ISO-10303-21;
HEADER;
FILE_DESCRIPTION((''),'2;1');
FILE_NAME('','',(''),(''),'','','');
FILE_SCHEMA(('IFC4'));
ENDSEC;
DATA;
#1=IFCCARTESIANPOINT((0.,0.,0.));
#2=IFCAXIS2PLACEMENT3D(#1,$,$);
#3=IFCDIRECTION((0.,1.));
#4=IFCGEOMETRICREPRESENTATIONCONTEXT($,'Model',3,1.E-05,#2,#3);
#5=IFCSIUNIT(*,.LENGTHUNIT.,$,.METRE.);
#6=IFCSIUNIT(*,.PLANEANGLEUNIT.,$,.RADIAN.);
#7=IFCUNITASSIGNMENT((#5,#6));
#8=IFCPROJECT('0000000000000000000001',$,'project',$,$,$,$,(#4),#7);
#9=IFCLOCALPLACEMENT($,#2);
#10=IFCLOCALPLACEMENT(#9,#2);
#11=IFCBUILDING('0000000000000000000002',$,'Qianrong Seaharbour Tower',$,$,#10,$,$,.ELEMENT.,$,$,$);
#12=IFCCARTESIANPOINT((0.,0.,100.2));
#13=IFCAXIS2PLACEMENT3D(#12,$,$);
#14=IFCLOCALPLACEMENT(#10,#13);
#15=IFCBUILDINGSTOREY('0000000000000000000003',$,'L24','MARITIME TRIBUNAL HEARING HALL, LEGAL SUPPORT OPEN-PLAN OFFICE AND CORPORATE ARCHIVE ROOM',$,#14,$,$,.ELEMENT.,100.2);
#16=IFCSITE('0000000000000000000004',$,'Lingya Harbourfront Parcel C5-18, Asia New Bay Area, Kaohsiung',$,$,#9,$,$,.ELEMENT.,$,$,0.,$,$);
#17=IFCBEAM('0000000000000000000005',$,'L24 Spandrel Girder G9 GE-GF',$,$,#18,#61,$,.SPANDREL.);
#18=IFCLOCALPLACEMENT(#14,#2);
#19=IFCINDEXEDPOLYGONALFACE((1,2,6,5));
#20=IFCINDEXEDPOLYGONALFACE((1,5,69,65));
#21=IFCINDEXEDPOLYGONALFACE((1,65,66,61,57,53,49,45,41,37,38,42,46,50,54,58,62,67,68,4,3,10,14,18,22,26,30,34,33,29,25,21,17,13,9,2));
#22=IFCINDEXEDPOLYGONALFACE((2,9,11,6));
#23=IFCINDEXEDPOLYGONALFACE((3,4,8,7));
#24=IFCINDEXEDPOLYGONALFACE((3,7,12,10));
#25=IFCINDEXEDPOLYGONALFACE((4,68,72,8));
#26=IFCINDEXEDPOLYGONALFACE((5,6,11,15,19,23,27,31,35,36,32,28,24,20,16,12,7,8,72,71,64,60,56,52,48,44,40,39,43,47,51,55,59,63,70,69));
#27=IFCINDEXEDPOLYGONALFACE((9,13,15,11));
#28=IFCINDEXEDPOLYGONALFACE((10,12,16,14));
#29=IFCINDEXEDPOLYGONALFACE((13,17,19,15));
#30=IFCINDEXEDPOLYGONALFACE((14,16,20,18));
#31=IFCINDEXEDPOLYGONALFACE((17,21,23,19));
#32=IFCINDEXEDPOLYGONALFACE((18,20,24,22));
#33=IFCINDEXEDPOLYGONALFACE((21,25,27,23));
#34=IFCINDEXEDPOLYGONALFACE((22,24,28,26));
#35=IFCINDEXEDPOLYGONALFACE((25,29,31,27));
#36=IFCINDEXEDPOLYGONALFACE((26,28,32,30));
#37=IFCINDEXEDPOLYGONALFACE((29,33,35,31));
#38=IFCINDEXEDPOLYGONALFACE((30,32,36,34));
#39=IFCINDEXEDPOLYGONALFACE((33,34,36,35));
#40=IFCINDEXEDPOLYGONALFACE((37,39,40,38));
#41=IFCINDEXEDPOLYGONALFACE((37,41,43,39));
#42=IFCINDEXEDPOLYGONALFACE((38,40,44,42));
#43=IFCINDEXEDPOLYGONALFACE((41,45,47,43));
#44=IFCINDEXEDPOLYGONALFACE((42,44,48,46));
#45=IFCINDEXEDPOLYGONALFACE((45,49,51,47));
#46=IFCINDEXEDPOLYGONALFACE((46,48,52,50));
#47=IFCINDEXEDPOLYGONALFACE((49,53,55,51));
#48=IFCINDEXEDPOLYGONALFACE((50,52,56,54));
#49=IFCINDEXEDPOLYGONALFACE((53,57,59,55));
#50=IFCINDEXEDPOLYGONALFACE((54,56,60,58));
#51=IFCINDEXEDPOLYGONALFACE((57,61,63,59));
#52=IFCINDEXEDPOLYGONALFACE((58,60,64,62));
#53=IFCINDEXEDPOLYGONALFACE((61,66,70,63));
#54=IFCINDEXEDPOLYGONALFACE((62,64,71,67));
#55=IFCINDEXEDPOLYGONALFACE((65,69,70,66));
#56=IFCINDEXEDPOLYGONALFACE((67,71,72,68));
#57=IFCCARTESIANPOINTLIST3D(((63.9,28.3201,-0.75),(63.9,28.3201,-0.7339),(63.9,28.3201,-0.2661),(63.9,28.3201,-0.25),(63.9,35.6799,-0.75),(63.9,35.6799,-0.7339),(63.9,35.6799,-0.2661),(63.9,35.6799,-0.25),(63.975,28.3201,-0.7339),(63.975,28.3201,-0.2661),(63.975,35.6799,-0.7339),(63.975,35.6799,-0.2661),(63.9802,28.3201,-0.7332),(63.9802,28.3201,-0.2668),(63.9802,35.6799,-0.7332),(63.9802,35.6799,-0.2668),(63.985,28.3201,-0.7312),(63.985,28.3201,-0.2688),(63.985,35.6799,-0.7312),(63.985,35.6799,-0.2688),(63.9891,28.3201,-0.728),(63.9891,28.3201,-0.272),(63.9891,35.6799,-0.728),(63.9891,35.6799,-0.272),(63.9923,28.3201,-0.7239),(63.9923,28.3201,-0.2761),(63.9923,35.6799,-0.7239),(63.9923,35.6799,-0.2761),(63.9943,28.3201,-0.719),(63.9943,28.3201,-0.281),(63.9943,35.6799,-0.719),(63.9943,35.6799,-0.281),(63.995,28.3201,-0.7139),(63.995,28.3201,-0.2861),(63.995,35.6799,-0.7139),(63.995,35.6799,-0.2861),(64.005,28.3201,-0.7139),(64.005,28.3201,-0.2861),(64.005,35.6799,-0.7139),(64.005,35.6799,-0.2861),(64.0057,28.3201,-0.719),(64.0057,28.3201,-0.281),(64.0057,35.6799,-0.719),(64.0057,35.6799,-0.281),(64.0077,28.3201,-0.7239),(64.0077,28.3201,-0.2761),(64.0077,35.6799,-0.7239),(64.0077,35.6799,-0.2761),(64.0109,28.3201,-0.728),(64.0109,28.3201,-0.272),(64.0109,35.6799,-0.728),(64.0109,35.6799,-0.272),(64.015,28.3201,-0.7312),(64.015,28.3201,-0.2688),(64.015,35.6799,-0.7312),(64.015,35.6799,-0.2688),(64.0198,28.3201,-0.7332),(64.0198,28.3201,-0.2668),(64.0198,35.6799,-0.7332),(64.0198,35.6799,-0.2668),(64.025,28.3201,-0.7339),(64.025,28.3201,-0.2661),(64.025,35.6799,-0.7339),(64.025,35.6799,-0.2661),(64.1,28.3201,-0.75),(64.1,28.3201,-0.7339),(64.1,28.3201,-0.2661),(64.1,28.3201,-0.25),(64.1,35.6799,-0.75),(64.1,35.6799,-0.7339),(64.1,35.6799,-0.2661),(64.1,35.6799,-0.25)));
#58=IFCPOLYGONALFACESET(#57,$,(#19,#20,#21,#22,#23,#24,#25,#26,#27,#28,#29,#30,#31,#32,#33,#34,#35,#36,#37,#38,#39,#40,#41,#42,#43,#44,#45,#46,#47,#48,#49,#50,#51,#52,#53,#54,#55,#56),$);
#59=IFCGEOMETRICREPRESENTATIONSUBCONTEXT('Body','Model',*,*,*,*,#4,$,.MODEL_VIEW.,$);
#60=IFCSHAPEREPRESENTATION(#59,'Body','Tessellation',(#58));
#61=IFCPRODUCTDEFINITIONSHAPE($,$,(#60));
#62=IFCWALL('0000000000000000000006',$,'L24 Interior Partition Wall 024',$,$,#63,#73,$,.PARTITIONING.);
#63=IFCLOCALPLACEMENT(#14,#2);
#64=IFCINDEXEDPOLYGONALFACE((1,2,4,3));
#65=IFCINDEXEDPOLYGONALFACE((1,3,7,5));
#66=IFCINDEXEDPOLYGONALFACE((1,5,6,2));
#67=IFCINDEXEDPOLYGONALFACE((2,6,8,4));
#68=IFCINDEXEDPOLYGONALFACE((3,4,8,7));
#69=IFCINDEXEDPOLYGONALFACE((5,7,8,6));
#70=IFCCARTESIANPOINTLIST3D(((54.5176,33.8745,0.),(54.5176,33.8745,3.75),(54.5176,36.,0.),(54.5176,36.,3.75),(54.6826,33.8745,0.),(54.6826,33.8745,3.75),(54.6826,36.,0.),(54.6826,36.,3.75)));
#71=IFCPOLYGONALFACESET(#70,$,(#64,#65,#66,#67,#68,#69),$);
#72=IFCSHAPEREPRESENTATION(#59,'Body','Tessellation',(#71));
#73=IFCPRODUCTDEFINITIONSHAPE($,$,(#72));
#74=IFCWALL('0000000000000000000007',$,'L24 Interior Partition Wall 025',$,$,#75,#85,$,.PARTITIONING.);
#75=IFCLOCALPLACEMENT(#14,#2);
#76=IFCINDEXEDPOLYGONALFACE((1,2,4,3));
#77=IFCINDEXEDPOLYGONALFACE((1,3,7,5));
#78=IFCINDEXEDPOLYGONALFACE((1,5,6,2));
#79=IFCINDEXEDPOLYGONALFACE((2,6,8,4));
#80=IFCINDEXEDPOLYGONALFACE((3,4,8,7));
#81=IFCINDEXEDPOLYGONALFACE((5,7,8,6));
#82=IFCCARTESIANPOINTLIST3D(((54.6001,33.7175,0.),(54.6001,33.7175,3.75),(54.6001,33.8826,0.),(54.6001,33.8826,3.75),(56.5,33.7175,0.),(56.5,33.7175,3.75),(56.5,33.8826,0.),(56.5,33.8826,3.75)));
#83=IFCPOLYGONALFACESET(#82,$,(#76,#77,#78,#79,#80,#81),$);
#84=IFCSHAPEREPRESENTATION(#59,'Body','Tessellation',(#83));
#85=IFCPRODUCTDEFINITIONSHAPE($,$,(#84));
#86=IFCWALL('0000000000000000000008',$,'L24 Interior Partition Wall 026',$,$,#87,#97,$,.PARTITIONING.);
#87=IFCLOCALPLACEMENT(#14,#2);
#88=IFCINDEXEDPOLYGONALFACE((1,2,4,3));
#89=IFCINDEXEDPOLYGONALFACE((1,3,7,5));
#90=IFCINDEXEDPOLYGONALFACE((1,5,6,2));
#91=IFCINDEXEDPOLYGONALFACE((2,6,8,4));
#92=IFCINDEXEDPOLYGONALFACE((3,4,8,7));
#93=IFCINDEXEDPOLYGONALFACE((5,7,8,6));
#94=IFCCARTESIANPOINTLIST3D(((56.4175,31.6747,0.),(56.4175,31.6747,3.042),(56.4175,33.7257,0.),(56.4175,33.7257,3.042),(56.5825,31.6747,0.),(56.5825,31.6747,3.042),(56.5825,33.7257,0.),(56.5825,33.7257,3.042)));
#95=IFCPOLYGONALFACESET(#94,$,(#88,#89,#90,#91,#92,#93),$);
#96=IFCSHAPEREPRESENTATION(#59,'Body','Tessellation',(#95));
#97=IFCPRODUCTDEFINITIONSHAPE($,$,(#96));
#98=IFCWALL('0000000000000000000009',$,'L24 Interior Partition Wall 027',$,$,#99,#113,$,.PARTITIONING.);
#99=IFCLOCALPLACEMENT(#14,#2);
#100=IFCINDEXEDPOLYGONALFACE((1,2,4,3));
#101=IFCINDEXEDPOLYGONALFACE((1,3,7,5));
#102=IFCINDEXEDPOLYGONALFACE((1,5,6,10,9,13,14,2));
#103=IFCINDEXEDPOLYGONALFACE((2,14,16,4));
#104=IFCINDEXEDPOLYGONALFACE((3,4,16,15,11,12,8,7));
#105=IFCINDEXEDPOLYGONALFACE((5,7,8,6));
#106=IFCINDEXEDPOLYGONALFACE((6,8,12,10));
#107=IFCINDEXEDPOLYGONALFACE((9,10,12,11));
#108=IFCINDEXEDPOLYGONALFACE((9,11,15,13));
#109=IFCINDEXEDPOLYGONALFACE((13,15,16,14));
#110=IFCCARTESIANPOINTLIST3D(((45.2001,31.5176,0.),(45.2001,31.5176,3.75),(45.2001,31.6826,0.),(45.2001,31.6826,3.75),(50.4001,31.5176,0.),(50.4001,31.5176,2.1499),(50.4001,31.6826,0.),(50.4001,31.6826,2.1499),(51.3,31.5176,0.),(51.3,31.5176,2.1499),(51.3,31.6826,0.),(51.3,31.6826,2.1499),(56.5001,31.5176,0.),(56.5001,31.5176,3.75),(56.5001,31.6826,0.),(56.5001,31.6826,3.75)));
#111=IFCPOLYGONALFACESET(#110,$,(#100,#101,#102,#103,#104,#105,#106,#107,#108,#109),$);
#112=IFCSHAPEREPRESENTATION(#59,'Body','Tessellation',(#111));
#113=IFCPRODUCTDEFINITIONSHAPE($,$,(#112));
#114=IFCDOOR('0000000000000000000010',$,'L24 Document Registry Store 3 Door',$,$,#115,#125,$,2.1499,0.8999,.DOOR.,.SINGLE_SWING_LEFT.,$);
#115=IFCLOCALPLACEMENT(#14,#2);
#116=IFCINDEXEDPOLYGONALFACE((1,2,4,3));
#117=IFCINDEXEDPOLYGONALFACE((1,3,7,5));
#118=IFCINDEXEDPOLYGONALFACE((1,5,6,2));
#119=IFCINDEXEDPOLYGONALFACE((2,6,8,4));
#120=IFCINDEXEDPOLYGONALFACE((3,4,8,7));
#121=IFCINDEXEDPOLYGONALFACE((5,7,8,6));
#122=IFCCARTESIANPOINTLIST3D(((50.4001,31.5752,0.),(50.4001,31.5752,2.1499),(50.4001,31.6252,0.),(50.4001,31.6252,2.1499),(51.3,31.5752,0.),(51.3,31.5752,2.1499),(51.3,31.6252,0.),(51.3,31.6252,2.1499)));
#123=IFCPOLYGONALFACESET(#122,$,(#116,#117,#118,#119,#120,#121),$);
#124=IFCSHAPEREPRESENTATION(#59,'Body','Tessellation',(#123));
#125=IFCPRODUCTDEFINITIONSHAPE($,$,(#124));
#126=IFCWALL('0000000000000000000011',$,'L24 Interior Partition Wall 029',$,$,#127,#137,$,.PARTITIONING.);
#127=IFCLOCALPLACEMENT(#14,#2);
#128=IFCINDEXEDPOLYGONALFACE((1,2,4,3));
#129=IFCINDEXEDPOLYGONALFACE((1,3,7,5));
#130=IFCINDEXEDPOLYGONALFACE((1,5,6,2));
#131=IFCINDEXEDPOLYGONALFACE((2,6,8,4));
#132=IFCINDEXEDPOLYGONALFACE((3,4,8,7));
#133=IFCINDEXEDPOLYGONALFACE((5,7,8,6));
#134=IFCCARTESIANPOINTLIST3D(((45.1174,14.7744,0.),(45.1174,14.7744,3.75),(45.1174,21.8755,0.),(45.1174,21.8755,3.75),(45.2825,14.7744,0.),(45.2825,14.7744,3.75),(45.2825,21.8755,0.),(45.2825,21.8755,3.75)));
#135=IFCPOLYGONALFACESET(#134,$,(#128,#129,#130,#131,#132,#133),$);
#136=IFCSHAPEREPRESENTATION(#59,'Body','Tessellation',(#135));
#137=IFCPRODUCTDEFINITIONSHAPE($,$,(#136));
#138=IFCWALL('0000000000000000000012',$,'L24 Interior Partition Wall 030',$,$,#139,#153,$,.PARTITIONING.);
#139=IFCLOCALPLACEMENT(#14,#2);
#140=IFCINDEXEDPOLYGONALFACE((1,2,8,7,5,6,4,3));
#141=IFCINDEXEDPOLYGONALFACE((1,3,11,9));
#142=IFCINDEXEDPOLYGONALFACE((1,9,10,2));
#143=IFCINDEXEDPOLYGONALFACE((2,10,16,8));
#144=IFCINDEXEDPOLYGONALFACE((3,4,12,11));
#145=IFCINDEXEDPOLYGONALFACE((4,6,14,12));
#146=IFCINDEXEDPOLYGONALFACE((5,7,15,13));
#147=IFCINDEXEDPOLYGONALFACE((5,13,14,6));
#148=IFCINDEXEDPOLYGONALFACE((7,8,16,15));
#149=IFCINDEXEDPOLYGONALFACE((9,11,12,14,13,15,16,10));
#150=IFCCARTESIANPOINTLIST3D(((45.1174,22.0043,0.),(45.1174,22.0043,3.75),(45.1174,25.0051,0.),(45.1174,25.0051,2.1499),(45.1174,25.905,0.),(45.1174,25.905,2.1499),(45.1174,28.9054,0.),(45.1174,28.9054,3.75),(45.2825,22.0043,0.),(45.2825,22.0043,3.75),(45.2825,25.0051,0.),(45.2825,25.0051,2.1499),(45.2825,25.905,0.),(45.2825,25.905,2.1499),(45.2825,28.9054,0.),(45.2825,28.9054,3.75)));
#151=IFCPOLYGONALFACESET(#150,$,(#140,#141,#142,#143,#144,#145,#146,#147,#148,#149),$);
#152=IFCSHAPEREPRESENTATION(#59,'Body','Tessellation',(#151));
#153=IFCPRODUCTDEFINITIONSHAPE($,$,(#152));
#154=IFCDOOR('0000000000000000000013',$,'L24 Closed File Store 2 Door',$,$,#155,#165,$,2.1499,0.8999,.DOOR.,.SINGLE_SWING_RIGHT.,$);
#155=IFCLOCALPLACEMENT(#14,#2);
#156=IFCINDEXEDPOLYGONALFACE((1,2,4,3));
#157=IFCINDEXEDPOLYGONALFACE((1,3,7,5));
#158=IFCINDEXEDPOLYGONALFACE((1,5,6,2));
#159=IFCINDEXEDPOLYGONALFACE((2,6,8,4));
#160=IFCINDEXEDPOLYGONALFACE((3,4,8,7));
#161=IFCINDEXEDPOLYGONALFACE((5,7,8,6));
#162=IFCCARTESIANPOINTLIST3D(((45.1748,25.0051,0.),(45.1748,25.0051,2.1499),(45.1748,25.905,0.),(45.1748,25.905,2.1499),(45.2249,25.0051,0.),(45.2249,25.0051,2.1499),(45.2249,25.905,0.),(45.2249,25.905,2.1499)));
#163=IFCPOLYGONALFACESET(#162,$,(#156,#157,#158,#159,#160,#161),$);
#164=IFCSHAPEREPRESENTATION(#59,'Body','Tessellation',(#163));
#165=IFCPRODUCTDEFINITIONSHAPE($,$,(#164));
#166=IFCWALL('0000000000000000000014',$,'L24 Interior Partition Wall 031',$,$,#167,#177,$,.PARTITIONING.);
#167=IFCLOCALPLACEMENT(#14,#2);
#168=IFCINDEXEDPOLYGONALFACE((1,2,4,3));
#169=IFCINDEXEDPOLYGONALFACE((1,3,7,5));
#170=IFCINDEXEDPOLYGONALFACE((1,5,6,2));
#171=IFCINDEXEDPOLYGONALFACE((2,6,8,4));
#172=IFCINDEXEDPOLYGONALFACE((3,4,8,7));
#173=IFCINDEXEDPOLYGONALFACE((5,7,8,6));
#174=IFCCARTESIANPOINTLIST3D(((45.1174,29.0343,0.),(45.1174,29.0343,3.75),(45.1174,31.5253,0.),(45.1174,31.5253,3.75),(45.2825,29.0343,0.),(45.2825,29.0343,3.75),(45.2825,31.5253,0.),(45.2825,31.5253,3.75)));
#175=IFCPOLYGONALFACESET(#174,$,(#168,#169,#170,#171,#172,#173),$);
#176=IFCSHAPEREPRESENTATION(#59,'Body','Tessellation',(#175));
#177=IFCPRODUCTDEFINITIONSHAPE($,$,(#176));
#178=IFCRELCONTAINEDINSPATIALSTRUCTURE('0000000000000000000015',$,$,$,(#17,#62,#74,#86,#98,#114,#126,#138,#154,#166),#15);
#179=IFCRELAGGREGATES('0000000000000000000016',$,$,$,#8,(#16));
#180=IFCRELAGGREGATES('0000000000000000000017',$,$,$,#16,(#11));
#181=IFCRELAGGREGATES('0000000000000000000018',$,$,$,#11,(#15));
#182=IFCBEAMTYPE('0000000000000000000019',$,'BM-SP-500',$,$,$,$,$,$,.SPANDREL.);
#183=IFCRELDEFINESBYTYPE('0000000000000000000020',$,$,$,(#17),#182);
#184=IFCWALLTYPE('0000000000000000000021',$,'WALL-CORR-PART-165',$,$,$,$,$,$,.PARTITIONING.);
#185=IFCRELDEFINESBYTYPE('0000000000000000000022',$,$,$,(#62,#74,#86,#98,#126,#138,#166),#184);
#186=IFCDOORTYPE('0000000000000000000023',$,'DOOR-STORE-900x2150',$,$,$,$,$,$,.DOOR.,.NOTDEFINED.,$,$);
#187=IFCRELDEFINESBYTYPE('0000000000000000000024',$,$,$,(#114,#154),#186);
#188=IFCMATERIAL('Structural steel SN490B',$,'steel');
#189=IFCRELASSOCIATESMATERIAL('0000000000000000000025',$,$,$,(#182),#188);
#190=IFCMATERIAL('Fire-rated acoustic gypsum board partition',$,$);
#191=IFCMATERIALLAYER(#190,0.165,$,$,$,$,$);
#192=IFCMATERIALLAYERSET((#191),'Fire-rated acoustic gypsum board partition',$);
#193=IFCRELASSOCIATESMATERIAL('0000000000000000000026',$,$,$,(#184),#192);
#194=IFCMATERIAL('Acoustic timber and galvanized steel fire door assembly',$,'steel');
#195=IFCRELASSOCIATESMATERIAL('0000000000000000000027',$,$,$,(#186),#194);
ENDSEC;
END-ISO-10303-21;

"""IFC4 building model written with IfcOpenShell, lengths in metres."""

from ifc_helpers import new_model, si_unit, direction, frame, frame_2d, origin, origin_2d, place, context, subcontext, project, spatial, rectangle, i_section, extrude, material, layer, layer_set, material_profile, profile_set, type_object, element, fill, save


model = new_model("IFC4")

# Units and contexts
model_context = context("Model", 3, precision=1e-05, world=origin(), true_north=direction((0.0, 1.0)))
body_context = subcontext(model_context, "Body", "Model", "MODEL_VIEW")
ifc_project = project(units=[si_unit("LENGTHUNIT", "METRE"), si_unit("PLANEANGLEUNIT", "RADIAN")], contexts=[model_context])

# Site, building, storey
site_placement = place(None, origin())
site = spatial("IfcSite", under=ifc_project, at=site_placement, Name="Lingya Harbourfront Parcel C5-18, Asia New Bay Area, Kaohsiung", CompositionType="ELEMENT", RefElevation=0.0)
building_placement = place(site_placement, origin())
building = spatial("IfcBuilding", under=site, at=building_placement, Name="Qianrong Seaharbour Tower", CompositionType="ELEMENT")
storey_placement = place(building_placement, frame((0.0, 0.0, 100.2)))
storey = spatial("IfcBuildingStorey", under=building, at=storey_placement, Name="L24", Description="MARITIME TRIBUNAL HEARING HALL, LEGAL SUPPORT OPEN-PLAN OFFICE AND CORPORATE ARCHIVE ROOM", CompositionType="ELEMENT", Elevation=100.2)

# Shared definitions
ifc_material_1 = material(Name="Structural steel SN490B", Category="steel")

# Beam
ifc_material_profile_1 = material_profile(ifc_material_1, i_section(OverallWidth=0.2, OverallDepth=0.5, WebThickness=0.01, FlangeThickness=0.0161, FilletRadius=0.02, at=origin_2d()), Name="H500x200x10x16")
ifc_profile_set_1 = profile_set([ifc_material_profile_1], Name="Structural steel SN490B")
beam_type_1 = type_object("IfcBeamType", Name="BM-SP-500", PredefinedType="SPANDREL", material=ifc_profile_set_1)
beam_1_placement = place(storey_placement, frame((64.0, 28.3201, -0.5), z_axis=(0.0, 1.0, 0.0), x_axis=(-1.0, 0.0, 0.0)))
element("IfcBeam", 1, at=beam_1_placement, inside=storey, type_object=beam_type_1, Name="L24 Spandrel Girder G9 GE-GF", PredefinedType="SPANDREL", context=body_context, shape_type="SweptSolid", body=[
    extrude(i_section(OverallWidth=0.2, OverallDepth=0.5, WebThickness=0.01, FlangeThickness=0.0161, FilletRadius=0.02, at=origin_2d()), origin(), (0.0, 0.0, 1.0), 7.3599),
])

# Walls
ifc_material_2 = material(Name="Fire-rated acoustic gypsum board partition")
ifc_layer_1 = layer(ifc_material_2, 0.165)
ifc_layer_set_1 = layer_set([ifc_layer_1], Name="Fire-rated acoustic gypsum board partition")
wall_type_1 = type_object("IfcWallType", Name="WALL-CORR-PART-165", PredefinedType="PARTITIONING", material=ifc_layer_set_1)
wall_1_placement = place(storey_placement, frame((54.6001, 36.0, 0.0), z_axis=(0.0, 0.0, 1.0), x_axis=(0.0, -1.0, 0.0)))
element("IfcWall", 2, at=wall_1_placement, inside=storey, type_object=wall_type_1, Name="L24 Interior Partition Wall 024", PredefinedType="PARTITIONING", context=body_context, shape_type="SweptSolid", body=[
    extrude(rectangle(XDim=2.1255, YDim=0.165, at=frame_2d((1.0627, 0.0))), origin(), (0.0, 0.0, 1.0), 3.75),
])
wall_2_placement = place(storey_placement, frame((54.6001, 33.8, 0.0), z_axis=(0.0, 0.0, 1.0), x_axis=(1.0, 0.0, 0.0)))
element("IfcWall", 3, at=wall_2_placement, inside=storey, type_object=wall_type_1, Name="L24 Interior Partition Wall 025", PredefinedType="PARTITIONING", context=body_context, shape_type="SweptSolid", body=[
    extrude(rectangle(XDim=1.8999, YDim=0.165, at=frame_2d((0.95, 0.0))), origin(), (0.0, 0.0, 1.0), 3.75),
])
wall_3_placement = place(storey_placement, frame((56.5, 33.7256, 0.0), z_axis=(0.0, 0.0, 1.0), x_axis=(0.0, -1.0, 0.0)))
element("IfcWall", 4, at=wall_3_placement, inside=storey, type_object=wall_type_1, Name="L24 Interior Partition Wall 026", PredefinedType="PARTITIONING", context=body_context, shape_type="SweptSolid", body=[
    extrude(rectangle(XDim=2.051, YDim=0.165, at=frame_2d((1.0254, 0.0))), origin(), (0.0, 0.0, 1.0), 3.042),
])

# Wall, opening, door
wall_4_placement = place(storey_placement, frame((56.5, 31.6001, 0.0), z_axis=(0.0, 0.0, 1.0), x_axis=(-1.0, 0.0, 0.0)))
wall_4 = element("IfcWall", 5, at=wall_4_placement, inside=storey, type_object=wall_type_1, Name="L24 Interior Partition Wall 027", PredefinedType="PARTITIONING", context=body_context, shape_type="SweptSolid", body=[
    extrude(rectangle(XDim=11.3, YDim=0.165, at=frame_2d((5.6499, 0.0))), origin(), (0.0, 0.0, 1.0), 3.75),
])
opening_1_placement = place(wall_4_placement, frame((5.2, 0.0, 0.0)))
opening_1 = element("IfcOpeningElement", 6, at=opening_1_placement, cuts=wall_4, PredefinedType="OPENING", context=body_context, shape_type="SweptSolid", body=[
    extrude(rectangle(XDim=0.8999, YDim=2.1499, at=frame_2d((0.45, 1.075))), frame((0.0, 0.0925, 0.0), z_axis=(0.0, -1.0, 0.0), x_axis=(1.0, 0.0, 0.0)), (0.0, 0.0, 1.0), 0.1851),
])
ifc_material_3 = material(Name="Acoustic timber and galvanized steel fire door assembly", Category="steel")
door_type = type_object("IfcDoorType", Name="DOOR-STORE-900x2150", OperationType="NOTDEFINED", PredefinedType="DOOR", material=ifc_material_3)
door_1_placement = place(opening_1_placement, origin())
door_1 = element("IfcDoor", 7, at=door_1_placement, inside=storey, type_object=door_type, Name="L24 Document Registry Store 3 Door", OperationType="SINGLE_SWING_LEFT", OverallHeight=2.1499, OverallWidth=0.8999, PredefinedType="DOOR", context=body_context, shape_type="SweptSolid", body=[
    extrude(rectangle(XDim=0.8999, YDim=2.1499, at=frame_2d((0.45, 1.075))), frame((0.0, 0.0249, 0.0), z_axis=(0.0, -1.0, 0.0), x_axis=(1.0, 0.0, 0.0)), (0.0, 0.0, 1.0), 0.05),
])
fill(opening_1, door_1)

# Wall
wall_5_placement = place(storey_placement, frame((45.2, 21.8755, 0.0), z_axis=(0.0, 0.0, 1.0), x_axis=(0.0, -1.0, 0.0)))
element("IfcWall", 8, at=wall_5_placement, inside=storey, type_object=wall_type_1, Name="L24 Interior Partition Wall 029", PredefinedType="PARTITIONING", context=body_context, shape_type="SweptSolid", body=[
    extrude(rectangle(XDim=7.1011, YDim=0.165, at=frame_2d((3.5505, 0.0))), origin(), (0.0, 0.0, 1.0), 3.75),
])

# Wall, opening, door
wall_6_placement = place(storey_placement, frame((45.2, 28.9055, 0.0), z_axis=(0.0, 0.0, 1.0), x_axis=(0.0, -1.0, 0.0)))
wall_6 = element("IfcWall", 9, at=wall_6_placement, inside=storey, type_object=wall_type_1, Name="L24 Interior Partition Wall 030", PredefinedType="PARTITIONING", context=body_context, shape_type="SweptSolid", body=[
    extrude(rectangle(XDim=6.9011, YDim=0.165, at=frame_2d((3.4507, 0.0))), origin(), (0.0, 0.0, 1.0), 3.75),
])
opening_2_placement = place(wall_6_placement, frame((3.0005, 0.0, 0.0)))
opening_2 = element("IfcOpeningElement", 10, at=opening_2_placement, cuts=wall_6, PredefinedType="OPENING", context=body_context, shape_type="SweptSolid", body=[
    extrude(rectangle(XDim=0.8999, YDim=2.1499, at=frame_2d((0.45, 1.075))), frame((0.0, 0.0925, 0.0), z_axis=(0.0, -1.0, 0.0), x_axis=(1.0, 0.0, 0.0)), (0.0, 0.0, 1.0), 0.1851),
])
door_2_placement = place(opening_2_placement, origin())
door_2 = element("IfcDoor", 11, at=door_2_placement, inside=storey, type_object=door_type, Name="L24 Closed File Store 2 Door", OperationType="SINGLE_SWING_RIGHT", OverallHeight=2.1499, OverallWidth=0.8999, PredefinedType="DOOR", context=body_context, shape_type="SweptSolid", body=[
    extrude(rectangle(XDim=0.8999, YDim=2.1499, at=frame_2d((0.45, 1.075))), frame((0.0, 0.0249, 0.0), z_axis=(0.0, -1.0, 0.0), x_axis=(1.0, 0.0, 0.0)), (0.0, 0.0, 1.0), 0.05),
])
fill(opening_2, door_2)

# Wall
wall_7_placement = place(storey_placement, frame((45.2, 31.5254, 0.0), z_axis=(0.0, 0.0, 1.0), x_axis=(0.0, -1.0, 0.0)))
element("IfcWall", 12, at=wall_7_placement, inside=storey, type_object=wall_type_1, Name="L24 Interior Partition Wall 031", PredefinedType="PARTITIONING", context=body_context, shape_type="SweptSolid", body=[
    extrude(rectangle(XDim=2.491, YDim=0.165, at=frame_2d((1.2456, 0.0))), origin(), (0.0, 0.0, 1.0), 3.75),
])

save(model, "model.ifc")
